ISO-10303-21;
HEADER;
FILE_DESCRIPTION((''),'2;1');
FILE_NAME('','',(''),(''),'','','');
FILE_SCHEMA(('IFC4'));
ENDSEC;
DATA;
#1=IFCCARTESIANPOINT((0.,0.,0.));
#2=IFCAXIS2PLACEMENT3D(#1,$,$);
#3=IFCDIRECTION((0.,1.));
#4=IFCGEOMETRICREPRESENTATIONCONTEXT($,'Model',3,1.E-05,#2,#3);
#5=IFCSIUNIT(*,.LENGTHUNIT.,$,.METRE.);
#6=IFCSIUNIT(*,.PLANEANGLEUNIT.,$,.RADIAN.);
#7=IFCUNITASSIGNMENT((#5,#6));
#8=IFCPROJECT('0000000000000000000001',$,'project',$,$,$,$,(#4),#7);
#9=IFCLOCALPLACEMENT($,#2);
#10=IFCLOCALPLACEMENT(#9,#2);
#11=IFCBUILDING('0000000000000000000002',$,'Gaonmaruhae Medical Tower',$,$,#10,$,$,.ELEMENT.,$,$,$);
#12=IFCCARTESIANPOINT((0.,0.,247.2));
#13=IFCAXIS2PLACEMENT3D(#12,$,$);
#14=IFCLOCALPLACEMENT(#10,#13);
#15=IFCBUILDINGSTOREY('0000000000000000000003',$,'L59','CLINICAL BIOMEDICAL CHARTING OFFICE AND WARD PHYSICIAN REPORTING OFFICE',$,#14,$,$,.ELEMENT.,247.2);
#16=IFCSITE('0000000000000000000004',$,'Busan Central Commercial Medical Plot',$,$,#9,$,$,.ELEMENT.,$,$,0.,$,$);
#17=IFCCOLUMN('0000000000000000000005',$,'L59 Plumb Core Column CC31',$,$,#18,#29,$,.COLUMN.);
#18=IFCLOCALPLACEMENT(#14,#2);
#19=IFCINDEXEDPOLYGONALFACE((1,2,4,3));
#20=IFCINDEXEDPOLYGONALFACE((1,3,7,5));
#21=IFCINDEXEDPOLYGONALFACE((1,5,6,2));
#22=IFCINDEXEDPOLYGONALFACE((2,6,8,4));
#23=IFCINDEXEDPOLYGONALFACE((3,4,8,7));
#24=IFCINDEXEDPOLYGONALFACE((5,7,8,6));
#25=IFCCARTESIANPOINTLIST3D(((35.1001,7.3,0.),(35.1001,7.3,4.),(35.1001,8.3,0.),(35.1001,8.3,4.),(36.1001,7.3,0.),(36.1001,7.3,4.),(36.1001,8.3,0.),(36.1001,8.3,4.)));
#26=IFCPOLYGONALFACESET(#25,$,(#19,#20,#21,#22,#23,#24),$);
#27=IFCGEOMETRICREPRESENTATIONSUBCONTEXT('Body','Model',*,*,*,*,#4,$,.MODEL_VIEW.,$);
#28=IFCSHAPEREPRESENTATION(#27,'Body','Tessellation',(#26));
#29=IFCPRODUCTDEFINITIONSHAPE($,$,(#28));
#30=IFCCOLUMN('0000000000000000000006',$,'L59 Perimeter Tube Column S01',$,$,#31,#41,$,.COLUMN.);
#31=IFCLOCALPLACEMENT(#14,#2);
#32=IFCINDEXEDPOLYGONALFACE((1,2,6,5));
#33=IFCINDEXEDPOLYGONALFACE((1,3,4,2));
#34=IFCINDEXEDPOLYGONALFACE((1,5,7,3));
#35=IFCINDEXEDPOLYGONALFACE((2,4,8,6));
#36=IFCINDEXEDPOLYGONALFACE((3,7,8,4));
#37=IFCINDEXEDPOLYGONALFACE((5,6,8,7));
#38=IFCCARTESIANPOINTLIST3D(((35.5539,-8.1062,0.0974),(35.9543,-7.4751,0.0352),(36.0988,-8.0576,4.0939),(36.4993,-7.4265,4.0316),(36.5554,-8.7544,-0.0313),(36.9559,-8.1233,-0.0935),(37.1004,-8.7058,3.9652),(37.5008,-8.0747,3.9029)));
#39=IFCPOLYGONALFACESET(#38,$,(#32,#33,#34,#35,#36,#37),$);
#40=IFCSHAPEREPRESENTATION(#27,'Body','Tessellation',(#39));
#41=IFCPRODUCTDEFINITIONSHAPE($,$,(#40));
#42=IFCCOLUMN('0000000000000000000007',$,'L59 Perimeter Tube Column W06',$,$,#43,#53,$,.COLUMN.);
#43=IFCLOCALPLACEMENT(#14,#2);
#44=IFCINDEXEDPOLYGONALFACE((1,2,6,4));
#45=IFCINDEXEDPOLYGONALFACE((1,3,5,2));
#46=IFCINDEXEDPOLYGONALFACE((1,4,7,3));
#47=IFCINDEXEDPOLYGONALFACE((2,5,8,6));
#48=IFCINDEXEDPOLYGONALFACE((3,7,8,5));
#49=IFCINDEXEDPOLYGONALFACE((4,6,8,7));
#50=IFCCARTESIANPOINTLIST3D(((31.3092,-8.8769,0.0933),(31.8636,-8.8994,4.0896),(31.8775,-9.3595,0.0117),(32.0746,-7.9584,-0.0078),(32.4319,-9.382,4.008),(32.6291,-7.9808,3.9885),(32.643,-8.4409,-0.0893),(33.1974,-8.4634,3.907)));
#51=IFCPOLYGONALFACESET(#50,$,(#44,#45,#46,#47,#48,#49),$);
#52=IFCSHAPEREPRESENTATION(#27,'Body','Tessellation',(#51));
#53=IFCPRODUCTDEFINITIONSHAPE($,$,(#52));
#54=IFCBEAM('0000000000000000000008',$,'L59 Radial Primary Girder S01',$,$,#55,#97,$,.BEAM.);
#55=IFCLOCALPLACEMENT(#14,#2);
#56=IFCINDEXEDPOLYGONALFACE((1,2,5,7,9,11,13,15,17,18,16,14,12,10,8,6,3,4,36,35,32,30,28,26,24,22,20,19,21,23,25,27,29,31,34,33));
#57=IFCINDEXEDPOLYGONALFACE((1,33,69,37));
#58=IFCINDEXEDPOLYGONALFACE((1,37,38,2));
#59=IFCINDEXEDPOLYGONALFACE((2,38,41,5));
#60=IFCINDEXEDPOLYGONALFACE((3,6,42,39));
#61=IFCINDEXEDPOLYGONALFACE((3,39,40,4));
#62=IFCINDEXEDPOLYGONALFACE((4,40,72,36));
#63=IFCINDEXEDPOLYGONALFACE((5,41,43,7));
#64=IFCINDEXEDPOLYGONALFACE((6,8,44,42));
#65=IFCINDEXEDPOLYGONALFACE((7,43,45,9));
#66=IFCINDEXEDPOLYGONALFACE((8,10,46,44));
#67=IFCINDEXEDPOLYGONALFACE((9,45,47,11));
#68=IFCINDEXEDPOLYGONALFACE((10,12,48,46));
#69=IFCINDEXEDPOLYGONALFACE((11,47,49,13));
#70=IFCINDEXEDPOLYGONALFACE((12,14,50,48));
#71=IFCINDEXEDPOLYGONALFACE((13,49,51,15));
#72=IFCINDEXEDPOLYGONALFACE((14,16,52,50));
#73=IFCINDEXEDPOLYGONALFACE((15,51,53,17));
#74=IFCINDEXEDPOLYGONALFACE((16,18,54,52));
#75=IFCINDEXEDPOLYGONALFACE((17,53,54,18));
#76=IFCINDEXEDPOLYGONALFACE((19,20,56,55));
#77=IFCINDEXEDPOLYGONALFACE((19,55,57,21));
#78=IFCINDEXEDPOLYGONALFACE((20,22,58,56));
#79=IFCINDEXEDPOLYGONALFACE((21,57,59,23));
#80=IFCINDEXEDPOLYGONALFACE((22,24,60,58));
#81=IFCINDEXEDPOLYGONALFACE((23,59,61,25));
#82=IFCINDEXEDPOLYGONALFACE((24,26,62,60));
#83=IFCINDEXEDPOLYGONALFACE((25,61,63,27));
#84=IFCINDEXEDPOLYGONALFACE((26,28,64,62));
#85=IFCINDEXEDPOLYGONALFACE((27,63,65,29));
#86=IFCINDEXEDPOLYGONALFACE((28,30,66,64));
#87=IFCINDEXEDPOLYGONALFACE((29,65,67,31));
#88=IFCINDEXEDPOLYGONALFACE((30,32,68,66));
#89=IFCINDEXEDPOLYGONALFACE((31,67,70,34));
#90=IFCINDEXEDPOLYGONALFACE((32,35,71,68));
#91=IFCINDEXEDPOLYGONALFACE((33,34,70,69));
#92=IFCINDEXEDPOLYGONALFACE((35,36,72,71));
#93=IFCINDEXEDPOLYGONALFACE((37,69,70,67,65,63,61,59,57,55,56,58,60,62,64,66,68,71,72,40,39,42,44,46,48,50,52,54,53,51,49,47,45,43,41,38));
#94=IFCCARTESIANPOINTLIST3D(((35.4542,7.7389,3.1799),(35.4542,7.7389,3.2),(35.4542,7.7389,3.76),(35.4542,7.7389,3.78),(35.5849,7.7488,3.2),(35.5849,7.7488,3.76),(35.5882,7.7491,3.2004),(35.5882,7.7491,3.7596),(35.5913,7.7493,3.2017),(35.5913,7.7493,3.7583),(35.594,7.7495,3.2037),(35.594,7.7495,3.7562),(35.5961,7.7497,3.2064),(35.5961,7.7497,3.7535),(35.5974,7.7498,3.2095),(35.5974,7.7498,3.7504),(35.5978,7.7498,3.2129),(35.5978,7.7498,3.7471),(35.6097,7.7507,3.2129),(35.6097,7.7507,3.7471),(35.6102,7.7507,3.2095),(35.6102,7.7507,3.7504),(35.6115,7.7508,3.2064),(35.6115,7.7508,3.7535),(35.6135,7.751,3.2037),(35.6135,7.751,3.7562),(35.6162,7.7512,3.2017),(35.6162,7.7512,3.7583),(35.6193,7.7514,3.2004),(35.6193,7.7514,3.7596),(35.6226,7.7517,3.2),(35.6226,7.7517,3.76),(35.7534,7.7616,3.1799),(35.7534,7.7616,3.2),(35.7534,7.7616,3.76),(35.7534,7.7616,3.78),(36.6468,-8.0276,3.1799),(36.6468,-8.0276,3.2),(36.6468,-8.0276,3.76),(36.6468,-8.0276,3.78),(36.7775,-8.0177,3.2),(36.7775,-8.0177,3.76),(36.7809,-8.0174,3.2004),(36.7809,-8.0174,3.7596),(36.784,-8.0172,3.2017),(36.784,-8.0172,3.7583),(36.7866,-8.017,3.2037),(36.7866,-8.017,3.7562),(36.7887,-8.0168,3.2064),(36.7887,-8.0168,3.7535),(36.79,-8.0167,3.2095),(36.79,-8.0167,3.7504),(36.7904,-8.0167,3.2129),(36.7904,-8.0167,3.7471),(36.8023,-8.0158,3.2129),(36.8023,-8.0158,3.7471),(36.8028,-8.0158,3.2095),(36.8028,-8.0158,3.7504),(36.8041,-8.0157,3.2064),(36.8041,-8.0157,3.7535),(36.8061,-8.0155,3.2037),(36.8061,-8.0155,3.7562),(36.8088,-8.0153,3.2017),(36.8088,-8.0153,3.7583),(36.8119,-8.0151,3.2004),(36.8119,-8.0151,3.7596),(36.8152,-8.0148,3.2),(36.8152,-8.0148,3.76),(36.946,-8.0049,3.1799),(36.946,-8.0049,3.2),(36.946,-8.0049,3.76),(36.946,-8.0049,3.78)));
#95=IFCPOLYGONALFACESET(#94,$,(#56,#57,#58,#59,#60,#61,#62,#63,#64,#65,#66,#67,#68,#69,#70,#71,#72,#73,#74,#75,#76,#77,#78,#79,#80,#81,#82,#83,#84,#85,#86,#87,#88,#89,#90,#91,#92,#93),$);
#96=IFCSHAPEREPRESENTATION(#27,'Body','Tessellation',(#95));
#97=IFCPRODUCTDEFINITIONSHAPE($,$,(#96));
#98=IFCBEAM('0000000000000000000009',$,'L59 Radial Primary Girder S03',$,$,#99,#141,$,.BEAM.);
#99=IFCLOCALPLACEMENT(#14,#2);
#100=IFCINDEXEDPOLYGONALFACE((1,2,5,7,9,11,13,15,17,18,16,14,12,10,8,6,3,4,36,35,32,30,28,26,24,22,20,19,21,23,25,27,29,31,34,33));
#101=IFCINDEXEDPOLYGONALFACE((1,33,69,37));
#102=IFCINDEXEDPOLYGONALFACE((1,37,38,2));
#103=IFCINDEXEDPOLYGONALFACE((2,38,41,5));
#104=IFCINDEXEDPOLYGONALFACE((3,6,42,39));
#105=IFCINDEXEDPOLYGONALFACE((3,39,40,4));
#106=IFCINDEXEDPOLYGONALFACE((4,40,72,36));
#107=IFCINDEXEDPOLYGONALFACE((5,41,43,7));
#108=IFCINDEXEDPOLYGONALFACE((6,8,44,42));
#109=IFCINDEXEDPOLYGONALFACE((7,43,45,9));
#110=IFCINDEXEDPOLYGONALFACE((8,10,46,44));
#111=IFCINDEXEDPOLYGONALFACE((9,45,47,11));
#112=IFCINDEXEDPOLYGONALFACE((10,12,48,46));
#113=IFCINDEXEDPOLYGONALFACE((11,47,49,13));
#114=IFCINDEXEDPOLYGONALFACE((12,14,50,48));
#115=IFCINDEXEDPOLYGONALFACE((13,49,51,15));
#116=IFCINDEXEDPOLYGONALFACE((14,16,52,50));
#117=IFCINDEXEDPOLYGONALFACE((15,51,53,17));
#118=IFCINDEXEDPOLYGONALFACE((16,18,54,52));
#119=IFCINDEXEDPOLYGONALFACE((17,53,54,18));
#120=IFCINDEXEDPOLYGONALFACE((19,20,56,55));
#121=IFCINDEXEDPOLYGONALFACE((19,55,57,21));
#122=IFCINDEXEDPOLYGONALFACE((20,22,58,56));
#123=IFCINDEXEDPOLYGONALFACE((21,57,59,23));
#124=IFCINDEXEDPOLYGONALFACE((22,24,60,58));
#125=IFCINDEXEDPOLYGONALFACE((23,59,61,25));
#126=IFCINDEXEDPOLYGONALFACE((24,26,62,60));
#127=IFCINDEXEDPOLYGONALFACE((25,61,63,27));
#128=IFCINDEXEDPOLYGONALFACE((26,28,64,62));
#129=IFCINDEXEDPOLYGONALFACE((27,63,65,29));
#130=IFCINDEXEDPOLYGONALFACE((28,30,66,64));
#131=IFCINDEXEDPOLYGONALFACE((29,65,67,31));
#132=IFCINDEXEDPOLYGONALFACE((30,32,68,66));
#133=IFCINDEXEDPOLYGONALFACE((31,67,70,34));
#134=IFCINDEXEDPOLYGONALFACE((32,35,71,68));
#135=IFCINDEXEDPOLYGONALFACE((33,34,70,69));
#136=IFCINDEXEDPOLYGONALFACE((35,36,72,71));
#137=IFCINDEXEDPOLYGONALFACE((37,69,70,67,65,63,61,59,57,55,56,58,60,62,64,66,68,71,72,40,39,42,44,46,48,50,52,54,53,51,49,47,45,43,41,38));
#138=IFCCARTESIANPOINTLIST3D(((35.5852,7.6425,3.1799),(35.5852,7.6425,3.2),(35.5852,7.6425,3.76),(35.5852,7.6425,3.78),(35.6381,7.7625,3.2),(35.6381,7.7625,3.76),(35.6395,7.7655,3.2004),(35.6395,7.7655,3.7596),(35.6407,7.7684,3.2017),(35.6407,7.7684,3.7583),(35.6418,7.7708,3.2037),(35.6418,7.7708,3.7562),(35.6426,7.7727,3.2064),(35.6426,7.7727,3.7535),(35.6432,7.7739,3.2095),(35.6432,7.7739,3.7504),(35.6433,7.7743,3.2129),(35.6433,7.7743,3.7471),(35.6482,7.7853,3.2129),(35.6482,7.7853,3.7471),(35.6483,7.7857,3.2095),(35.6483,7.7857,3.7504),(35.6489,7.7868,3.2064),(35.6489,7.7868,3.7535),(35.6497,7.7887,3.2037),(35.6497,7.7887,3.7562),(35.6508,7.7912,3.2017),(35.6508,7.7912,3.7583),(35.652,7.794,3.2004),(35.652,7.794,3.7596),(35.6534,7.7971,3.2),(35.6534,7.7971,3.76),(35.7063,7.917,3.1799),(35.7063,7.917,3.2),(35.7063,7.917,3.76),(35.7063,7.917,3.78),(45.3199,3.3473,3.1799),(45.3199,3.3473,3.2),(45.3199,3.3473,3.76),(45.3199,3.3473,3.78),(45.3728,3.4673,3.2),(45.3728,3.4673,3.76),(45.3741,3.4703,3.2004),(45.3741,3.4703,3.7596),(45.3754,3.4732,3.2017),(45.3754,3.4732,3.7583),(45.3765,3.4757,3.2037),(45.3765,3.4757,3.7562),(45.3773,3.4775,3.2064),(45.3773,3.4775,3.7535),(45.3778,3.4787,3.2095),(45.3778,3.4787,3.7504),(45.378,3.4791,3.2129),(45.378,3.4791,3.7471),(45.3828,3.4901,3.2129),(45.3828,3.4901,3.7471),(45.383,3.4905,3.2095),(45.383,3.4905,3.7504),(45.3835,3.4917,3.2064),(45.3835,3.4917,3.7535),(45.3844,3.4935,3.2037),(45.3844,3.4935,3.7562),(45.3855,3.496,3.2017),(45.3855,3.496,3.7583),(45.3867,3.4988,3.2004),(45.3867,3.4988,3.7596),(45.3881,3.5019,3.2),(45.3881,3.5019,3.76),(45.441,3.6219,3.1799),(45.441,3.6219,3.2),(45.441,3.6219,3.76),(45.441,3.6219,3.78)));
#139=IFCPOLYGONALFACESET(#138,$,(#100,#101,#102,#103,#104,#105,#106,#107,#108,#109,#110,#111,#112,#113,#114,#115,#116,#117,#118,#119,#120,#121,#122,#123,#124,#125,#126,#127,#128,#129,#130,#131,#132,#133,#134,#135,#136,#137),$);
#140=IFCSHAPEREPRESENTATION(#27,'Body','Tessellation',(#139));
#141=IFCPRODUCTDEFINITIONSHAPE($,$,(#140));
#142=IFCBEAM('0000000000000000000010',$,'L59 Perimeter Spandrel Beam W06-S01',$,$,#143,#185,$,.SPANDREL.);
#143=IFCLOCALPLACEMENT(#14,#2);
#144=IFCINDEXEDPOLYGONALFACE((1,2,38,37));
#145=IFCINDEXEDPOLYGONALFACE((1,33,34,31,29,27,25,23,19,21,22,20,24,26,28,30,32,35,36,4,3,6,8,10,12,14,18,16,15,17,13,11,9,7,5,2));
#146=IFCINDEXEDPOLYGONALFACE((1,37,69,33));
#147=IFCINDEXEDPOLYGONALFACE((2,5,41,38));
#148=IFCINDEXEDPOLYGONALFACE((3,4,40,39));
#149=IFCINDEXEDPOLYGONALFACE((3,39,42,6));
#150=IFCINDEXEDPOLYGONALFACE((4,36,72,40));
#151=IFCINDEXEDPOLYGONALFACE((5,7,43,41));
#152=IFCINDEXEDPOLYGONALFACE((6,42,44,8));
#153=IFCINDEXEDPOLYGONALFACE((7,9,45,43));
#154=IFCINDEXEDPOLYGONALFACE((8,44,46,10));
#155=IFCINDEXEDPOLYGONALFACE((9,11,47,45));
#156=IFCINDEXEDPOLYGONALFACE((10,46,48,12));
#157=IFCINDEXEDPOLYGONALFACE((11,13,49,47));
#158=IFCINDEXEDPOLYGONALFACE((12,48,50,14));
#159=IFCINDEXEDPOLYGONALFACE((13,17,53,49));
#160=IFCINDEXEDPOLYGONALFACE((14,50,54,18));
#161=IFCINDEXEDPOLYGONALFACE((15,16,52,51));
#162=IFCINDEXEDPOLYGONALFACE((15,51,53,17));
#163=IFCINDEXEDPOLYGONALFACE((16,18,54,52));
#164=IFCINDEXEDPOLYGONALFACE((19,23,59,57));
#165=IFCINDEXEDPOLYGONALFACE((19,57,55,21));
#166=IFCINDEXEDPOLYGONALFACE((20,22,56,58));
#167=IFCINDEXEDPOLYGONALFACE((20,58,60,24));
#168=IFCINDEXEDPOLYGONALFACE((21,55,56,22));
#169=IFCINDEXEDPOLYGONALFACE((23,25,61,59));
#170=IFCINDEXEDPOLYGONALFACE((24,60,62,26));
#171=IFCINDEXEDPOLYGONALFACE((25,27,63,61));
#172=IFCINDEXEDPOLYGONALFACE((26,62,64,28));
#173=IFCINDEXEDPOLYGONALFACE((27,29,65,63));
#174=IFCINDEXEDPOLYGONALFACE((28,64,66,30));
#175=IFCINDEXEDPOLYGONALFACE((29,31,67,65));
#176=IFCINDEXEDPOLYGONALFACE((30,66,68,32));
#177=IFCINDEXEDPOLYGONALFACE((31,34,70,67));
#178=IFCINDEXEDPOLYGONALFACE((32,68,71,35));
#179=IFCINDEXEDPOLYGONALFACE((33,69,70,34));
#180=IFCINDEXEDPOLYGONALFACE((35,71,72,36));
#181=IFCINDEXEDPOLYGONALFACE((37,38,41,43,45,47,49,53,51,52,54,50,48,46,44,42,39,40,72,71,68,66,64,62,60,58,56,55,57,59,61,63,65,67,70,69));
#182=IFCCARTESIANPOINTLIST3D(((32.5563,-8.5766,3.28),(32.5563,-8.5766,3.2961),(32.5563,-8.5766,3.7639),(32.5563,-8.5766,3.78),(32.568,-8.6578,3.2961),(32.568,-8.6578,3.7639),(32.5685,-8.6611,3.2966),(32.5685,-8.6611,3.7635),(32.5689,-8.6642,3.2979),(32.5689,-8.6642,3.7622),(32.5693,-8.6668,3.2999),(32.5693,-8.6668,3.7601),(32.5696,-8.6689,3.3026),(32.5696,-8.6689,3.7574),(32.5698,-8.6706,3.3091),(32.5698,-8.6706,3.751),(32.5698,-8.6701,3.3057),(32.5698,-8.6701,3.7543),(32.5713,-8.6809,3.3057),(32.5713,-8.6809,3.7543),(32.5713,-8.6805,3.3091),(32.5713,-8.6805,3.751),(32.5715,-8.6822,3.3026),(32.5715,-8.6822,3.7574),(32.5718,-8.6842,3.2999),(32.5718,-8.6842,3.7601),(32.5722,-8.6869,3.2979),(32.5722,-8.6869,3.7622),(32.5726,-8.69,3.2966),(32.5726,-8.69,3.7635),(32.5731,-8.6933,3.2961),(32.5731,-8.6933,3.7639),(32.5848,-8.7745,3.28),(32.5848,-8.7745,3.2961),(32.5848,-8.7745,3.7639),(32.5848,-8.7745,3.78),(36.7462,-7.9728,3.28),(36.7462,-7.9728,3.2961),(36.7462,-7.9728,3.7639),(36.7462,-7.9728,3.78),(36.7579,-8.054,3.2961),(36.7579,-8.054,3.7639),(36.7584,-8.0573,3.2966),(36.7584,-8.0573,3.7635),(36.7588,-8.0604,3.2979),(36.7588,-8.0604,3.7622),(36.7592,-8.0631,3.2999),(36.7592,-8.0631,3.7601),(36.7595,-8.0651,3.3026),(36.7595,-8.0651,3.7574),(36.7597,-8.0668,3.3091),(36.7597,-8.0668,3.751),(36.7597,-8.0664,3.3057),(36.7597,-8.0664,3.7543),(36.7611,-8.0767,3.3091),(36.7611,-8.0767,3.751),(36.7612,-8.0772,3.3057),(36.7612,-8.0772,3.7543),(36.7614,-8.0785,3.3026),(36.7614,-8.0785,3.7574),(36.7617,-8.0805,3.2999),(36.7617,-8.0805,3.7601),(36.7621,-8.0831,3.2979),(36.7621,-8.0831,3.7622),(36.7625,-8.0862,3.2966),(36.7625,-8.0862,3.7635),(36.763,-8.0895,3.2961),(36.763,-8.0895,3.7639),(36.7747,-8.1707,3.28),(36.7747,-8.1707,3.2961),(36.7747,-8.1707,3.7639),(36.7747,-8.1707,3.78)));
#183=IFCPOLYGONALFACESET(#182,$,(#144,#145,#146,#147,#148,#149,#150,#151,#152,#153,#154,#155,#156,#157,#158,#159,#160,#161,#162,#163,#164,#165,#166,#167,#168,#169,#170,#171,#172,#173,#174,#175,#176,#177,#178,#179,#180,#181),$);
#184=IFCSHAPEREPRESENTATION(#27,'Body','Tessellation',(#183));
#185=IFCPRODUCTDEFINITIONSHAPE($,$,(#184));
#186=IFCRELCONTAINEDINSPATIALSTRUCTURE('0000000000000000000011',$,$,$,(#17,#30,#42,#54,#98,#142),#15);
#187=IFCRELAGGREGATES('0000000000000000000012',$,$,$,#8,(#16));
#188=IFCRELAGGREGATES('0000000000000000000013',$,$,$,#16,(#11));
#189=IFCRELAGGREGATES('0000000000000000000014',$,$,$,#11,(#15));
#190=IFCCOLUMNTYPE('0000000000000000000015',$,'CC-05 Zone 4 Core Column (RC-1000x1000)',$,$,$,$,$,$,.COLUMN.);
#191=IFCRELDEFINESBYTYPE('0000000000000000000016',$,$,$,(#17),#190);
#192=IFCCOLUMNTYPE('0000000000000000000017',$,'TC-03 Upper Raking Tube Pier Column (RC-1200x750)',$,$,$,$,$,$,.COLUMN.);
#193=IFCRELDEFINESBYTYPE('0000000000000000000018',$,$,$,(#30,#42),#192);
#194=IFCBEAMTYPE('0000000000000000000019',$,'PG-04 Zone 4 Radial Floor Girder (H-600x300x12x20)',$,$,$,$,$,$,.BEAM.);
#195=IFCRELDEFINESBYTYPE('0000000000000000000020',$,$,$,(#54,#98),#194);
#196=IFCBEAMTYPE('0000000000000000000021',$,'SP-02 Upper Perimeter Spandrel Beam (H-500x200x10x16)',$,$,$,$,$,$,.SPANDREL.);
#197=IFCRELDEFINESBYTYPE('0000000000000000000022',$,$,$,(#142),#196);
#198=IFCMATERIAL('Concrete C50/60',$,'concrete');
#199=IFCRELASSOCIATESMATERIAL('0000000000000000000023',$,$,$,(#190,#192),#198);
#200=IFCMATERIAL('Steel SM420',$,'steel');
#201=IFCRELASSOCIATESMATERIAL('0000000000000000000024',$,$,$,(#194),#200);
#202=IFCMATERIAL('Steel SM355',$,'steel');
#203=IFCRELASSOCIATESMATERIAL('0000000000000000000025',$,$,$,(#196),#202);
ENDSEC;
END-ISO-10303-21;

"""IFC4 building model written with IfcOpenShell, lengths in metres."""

from ifc_helpers import new_model, si_unit, direction, frame, origin, origin_2d, place, context, subcontext, project, spatial, rectangle, i_section, extrude, material, material_profile, profile_set, type_object, element, save


model = new_model("IFC4")

# Units and contexts
model_context = context("Model", 3, precision=1e-05, world=origin(), true_north=direction((0.0, 1.0)))
body_context = subcontext(model_context, "Body", "Model", "MODEL_VIEW")
ifc_project = project(units=[si_unit("LENGTHUNIT", "METRE"), si_unit("PLANEANGLEUNIT", "RADIAN")], contexts=[model_context])

# Site, building, storey
site_placement = place(None, origin())
site = spatial("IfcSite", under=ifc_project, at=site_placement, Name="Busan Central Commercial Medical Plot", CompositionType="ELEMENT", RefElevation=0.0)
building_placement = place(site_placement, origin())
building = spatial("IfcBuilding", under=site, at=building_placement, Name="Gaonmaruhae Medical Tower", CompositionType="ELEMENT")
storey_placement = place(building_placement, frame((0.0, 0.0, 247.2)))
storey = spatial("IfcBuildingStorey", under=building, at=storey_placement, Name="L59", Description="CLINICAL BIOMEDICAL CHARTING OFFICE AND WARD PHYSICIAN REPORTING OFFICE", CompositionType="ELEMENT", Elevation=247.2)

# Columns
ifc_material_1 = material(Name="Concrete C50/60", Category="concrete")
ifc_material_profile_1 = material_profile(ifc_material_1, rectangle(XDim=1.0, YDim=1.0, at=origin_2d()), Name="RC-1000x1000")
ifc_profile_set_1 = profile_set([ifc_material_profile_1], Name="Concrete C50/60")
column_type_1 = type_object("IfcColumnType", Name="CC-05 Zone 4 Core Column (RC-1000x1000)", PredefinedType="COLUMN", material=ifc_profile_set_1)
column_1_placement = place(storey_placement, frame((35.6001, 7.8, 0.0), z_axis=(0.0, 0.0, 1.0), x_axis=(1.0, 0.0, 0.0)))
element("IfcColumn", 1, at=column_1_placement, inside=storey, type_object=column_type_1, Name="L59 Plumb Core Column CC31", PredefinedType="COLUMN", context=body_context, shape_type="SweptSolid", body=[
    extrude(rectangle(XDim=1.0, YDim=1.0, at=origin_2d()), origin(), (0.0, 0.0, 1.0), 4.0),
])
ifc_material_profile_2 = material_profile(ifc_material_1, rectangle(XDim=1.2, YDim=0.75, at=origin_2d()), Name="RC-1200x750")
ifc_profile_set_2 = profile_set([ifc_material_profile_2], Name="Concrete C50/60")
column_type_2 = type_object("IfcColumnType", Name="TC-03 Upper Raking Tube Pier Column (RC-1200x750)", PredefinedType="COLUMN", material=ifc_profile_set_2)
column_2_placement = place(storey_placement, frame((36.2549, -8.1147, 0.002), z_axis=(0.135095, 0.012045, 0.990759), x_axis=(-0.834656, 0.54023, 0.107242)))
element("IfcColumn", 2, at=column_2_placement, inside=storey, type_object=column_type_2, Name="L59 Perimeter Tube Column S01", PredefinedType="COLUMN", context=body_context, shape_type="SweptSolid", body=[
    extrude(rectangle(XDim=1.2, YDim=0.75, at=origin_2d()), origin(), (0.0, 0.0, 1.0), 4.0337),
])
column_3_placement = place(storey_placement, frame((31.9761, -8.6589, 0.002), z_axis=(0.137419, -0.005567, 0.990497), x_axis=(-0.637908, -0.765496, 0.0842)))
element("IfcColumn", 3, at=column_3_placement, inside=storey, type_object=column_type_2, Name="L59 Perimeter Tube Column W06", PredefinedType="COLUMN", context=body_context, shape_type="SweptSolid", body=[
    extrude(rectangle(XDim=1.2, YDim=0.75, at=origin_2d()), origin(), (0.0, 0.0, 1.0), 4.0347),
])

# Beams
ifc_material_2 = material(Name="Steel SM420", Category="steel")
ifc_material_profile_3 = material_profile(ifc_material_2, i_section(OverallWidth=0.3, OverallDepth=0.6001, WebThickness=0.012, FlangeThickness=0.02, FilletRadius=0.0129, at=origin_2d()), Name="H-600x300x12x20")
ifc_profile_set_3 = profile_set([ifc_material_profile_3], Name="Steel SM420")
beam_type_1 = type_object("IfcBeamType", Name="PG-04 Zone 4 Radial Floor Girder (H-600x300x12x20)", PredefinedType="BEAM", material=ifc_profile_set_3)
beam_1_placement = place(storey_placement, frame((35.6038, 7.7502, 3.48), z_axis=(0.075427, -0.997151, 0.0), x_axis=(0.997151, 0.075427, 0.0)))
element("IfcBeam", 4, at=beam_1_placement, inside=storey, type_object=beam_type_1, Name="L59 Radial Primary Girder S01", PredefinedType="BEAM", context=body_context, shape_type="SweptSolid", body=[
    extrude(i_section(OverallWidth=0.3, OverallDepth=0.6001, WebThickness=0.012, FlangeThickness=0.02, FilletRadius=0.0129, at=origin_2d()), origin(), (0.0, 0.0, 1.0), 15.8115),
])
beam_2_placement = place(storey_placement, frame((35.6458, 7.7798, 3.48), z_axis=(0.914901, -0.403678, 0.0), x_axis=(0.403678, 0.914901, 0.0)))
element("IfcBeam", 5, at=beam_2_placement, inside=storey, type_object=beam_type_1, Name="L59 Radial Primary Girder S03", PredefinedType="BEAM", context=body_context, shape_type="SweptSolid", body=[
    extrude(i_section(OverallWidth=0.3, OverallDepth=0.6001, WebThickness=0.012, FlangeThickness=0.02, FilletRadius=0.0129, at=origin_2d()), origin(), (0.0, 0.0, 1.0), 10.6401),
])
ifc_material_3 = material(Name="Steel SM355", Category="steel")
ifc_material_profile_4 = material_profile(ifc_material_3, i_section(OverallWidth=0.2, OverallDepth=0.5, WebThickness=0.01, FlangeThickness=0.0161, FilletRadius=0.0129, at=origin_2d()), Name="H-500x200x10x16")
ifc_profile_set_4 = profile_set([ifc_material_profile_4], Name="Steel SM355")
beam_type_2 = type_object("IfcBeamType", Name="SP-02 Upper Perimeter Spandrel Beam (H-500x200x10x16)", PredefinedType="SPANDREL", material=ifc_profile_set_4)
beam_3_placement = place(storey_placement, frame((32.5706, -8.6755, 3.53), z_axis=(0.989777, 0.142624, 0.0), x_axis=(-0.142624, 0.989777, 0.0)))
element("IfcBeam", 6, at=beam_3_placement, inside=storey, type_object=beam_type_2, Name="L59 Perimeter Spandrel Beam W06-S01", PredefinedType="SPANDREL", context=body_context, shape_type="SweptSolid", body=[
    extrude(i_section(OverallWidth=0.2, OverallDepth=0.5, WebThickness=0.01, FlangeThickness=0.0161, FilletRadius=0.0129, at=origin_2d()), origin(), (0.0, 0.0, 1.0), 4.2332),
])

save(model, "model.ifc")
